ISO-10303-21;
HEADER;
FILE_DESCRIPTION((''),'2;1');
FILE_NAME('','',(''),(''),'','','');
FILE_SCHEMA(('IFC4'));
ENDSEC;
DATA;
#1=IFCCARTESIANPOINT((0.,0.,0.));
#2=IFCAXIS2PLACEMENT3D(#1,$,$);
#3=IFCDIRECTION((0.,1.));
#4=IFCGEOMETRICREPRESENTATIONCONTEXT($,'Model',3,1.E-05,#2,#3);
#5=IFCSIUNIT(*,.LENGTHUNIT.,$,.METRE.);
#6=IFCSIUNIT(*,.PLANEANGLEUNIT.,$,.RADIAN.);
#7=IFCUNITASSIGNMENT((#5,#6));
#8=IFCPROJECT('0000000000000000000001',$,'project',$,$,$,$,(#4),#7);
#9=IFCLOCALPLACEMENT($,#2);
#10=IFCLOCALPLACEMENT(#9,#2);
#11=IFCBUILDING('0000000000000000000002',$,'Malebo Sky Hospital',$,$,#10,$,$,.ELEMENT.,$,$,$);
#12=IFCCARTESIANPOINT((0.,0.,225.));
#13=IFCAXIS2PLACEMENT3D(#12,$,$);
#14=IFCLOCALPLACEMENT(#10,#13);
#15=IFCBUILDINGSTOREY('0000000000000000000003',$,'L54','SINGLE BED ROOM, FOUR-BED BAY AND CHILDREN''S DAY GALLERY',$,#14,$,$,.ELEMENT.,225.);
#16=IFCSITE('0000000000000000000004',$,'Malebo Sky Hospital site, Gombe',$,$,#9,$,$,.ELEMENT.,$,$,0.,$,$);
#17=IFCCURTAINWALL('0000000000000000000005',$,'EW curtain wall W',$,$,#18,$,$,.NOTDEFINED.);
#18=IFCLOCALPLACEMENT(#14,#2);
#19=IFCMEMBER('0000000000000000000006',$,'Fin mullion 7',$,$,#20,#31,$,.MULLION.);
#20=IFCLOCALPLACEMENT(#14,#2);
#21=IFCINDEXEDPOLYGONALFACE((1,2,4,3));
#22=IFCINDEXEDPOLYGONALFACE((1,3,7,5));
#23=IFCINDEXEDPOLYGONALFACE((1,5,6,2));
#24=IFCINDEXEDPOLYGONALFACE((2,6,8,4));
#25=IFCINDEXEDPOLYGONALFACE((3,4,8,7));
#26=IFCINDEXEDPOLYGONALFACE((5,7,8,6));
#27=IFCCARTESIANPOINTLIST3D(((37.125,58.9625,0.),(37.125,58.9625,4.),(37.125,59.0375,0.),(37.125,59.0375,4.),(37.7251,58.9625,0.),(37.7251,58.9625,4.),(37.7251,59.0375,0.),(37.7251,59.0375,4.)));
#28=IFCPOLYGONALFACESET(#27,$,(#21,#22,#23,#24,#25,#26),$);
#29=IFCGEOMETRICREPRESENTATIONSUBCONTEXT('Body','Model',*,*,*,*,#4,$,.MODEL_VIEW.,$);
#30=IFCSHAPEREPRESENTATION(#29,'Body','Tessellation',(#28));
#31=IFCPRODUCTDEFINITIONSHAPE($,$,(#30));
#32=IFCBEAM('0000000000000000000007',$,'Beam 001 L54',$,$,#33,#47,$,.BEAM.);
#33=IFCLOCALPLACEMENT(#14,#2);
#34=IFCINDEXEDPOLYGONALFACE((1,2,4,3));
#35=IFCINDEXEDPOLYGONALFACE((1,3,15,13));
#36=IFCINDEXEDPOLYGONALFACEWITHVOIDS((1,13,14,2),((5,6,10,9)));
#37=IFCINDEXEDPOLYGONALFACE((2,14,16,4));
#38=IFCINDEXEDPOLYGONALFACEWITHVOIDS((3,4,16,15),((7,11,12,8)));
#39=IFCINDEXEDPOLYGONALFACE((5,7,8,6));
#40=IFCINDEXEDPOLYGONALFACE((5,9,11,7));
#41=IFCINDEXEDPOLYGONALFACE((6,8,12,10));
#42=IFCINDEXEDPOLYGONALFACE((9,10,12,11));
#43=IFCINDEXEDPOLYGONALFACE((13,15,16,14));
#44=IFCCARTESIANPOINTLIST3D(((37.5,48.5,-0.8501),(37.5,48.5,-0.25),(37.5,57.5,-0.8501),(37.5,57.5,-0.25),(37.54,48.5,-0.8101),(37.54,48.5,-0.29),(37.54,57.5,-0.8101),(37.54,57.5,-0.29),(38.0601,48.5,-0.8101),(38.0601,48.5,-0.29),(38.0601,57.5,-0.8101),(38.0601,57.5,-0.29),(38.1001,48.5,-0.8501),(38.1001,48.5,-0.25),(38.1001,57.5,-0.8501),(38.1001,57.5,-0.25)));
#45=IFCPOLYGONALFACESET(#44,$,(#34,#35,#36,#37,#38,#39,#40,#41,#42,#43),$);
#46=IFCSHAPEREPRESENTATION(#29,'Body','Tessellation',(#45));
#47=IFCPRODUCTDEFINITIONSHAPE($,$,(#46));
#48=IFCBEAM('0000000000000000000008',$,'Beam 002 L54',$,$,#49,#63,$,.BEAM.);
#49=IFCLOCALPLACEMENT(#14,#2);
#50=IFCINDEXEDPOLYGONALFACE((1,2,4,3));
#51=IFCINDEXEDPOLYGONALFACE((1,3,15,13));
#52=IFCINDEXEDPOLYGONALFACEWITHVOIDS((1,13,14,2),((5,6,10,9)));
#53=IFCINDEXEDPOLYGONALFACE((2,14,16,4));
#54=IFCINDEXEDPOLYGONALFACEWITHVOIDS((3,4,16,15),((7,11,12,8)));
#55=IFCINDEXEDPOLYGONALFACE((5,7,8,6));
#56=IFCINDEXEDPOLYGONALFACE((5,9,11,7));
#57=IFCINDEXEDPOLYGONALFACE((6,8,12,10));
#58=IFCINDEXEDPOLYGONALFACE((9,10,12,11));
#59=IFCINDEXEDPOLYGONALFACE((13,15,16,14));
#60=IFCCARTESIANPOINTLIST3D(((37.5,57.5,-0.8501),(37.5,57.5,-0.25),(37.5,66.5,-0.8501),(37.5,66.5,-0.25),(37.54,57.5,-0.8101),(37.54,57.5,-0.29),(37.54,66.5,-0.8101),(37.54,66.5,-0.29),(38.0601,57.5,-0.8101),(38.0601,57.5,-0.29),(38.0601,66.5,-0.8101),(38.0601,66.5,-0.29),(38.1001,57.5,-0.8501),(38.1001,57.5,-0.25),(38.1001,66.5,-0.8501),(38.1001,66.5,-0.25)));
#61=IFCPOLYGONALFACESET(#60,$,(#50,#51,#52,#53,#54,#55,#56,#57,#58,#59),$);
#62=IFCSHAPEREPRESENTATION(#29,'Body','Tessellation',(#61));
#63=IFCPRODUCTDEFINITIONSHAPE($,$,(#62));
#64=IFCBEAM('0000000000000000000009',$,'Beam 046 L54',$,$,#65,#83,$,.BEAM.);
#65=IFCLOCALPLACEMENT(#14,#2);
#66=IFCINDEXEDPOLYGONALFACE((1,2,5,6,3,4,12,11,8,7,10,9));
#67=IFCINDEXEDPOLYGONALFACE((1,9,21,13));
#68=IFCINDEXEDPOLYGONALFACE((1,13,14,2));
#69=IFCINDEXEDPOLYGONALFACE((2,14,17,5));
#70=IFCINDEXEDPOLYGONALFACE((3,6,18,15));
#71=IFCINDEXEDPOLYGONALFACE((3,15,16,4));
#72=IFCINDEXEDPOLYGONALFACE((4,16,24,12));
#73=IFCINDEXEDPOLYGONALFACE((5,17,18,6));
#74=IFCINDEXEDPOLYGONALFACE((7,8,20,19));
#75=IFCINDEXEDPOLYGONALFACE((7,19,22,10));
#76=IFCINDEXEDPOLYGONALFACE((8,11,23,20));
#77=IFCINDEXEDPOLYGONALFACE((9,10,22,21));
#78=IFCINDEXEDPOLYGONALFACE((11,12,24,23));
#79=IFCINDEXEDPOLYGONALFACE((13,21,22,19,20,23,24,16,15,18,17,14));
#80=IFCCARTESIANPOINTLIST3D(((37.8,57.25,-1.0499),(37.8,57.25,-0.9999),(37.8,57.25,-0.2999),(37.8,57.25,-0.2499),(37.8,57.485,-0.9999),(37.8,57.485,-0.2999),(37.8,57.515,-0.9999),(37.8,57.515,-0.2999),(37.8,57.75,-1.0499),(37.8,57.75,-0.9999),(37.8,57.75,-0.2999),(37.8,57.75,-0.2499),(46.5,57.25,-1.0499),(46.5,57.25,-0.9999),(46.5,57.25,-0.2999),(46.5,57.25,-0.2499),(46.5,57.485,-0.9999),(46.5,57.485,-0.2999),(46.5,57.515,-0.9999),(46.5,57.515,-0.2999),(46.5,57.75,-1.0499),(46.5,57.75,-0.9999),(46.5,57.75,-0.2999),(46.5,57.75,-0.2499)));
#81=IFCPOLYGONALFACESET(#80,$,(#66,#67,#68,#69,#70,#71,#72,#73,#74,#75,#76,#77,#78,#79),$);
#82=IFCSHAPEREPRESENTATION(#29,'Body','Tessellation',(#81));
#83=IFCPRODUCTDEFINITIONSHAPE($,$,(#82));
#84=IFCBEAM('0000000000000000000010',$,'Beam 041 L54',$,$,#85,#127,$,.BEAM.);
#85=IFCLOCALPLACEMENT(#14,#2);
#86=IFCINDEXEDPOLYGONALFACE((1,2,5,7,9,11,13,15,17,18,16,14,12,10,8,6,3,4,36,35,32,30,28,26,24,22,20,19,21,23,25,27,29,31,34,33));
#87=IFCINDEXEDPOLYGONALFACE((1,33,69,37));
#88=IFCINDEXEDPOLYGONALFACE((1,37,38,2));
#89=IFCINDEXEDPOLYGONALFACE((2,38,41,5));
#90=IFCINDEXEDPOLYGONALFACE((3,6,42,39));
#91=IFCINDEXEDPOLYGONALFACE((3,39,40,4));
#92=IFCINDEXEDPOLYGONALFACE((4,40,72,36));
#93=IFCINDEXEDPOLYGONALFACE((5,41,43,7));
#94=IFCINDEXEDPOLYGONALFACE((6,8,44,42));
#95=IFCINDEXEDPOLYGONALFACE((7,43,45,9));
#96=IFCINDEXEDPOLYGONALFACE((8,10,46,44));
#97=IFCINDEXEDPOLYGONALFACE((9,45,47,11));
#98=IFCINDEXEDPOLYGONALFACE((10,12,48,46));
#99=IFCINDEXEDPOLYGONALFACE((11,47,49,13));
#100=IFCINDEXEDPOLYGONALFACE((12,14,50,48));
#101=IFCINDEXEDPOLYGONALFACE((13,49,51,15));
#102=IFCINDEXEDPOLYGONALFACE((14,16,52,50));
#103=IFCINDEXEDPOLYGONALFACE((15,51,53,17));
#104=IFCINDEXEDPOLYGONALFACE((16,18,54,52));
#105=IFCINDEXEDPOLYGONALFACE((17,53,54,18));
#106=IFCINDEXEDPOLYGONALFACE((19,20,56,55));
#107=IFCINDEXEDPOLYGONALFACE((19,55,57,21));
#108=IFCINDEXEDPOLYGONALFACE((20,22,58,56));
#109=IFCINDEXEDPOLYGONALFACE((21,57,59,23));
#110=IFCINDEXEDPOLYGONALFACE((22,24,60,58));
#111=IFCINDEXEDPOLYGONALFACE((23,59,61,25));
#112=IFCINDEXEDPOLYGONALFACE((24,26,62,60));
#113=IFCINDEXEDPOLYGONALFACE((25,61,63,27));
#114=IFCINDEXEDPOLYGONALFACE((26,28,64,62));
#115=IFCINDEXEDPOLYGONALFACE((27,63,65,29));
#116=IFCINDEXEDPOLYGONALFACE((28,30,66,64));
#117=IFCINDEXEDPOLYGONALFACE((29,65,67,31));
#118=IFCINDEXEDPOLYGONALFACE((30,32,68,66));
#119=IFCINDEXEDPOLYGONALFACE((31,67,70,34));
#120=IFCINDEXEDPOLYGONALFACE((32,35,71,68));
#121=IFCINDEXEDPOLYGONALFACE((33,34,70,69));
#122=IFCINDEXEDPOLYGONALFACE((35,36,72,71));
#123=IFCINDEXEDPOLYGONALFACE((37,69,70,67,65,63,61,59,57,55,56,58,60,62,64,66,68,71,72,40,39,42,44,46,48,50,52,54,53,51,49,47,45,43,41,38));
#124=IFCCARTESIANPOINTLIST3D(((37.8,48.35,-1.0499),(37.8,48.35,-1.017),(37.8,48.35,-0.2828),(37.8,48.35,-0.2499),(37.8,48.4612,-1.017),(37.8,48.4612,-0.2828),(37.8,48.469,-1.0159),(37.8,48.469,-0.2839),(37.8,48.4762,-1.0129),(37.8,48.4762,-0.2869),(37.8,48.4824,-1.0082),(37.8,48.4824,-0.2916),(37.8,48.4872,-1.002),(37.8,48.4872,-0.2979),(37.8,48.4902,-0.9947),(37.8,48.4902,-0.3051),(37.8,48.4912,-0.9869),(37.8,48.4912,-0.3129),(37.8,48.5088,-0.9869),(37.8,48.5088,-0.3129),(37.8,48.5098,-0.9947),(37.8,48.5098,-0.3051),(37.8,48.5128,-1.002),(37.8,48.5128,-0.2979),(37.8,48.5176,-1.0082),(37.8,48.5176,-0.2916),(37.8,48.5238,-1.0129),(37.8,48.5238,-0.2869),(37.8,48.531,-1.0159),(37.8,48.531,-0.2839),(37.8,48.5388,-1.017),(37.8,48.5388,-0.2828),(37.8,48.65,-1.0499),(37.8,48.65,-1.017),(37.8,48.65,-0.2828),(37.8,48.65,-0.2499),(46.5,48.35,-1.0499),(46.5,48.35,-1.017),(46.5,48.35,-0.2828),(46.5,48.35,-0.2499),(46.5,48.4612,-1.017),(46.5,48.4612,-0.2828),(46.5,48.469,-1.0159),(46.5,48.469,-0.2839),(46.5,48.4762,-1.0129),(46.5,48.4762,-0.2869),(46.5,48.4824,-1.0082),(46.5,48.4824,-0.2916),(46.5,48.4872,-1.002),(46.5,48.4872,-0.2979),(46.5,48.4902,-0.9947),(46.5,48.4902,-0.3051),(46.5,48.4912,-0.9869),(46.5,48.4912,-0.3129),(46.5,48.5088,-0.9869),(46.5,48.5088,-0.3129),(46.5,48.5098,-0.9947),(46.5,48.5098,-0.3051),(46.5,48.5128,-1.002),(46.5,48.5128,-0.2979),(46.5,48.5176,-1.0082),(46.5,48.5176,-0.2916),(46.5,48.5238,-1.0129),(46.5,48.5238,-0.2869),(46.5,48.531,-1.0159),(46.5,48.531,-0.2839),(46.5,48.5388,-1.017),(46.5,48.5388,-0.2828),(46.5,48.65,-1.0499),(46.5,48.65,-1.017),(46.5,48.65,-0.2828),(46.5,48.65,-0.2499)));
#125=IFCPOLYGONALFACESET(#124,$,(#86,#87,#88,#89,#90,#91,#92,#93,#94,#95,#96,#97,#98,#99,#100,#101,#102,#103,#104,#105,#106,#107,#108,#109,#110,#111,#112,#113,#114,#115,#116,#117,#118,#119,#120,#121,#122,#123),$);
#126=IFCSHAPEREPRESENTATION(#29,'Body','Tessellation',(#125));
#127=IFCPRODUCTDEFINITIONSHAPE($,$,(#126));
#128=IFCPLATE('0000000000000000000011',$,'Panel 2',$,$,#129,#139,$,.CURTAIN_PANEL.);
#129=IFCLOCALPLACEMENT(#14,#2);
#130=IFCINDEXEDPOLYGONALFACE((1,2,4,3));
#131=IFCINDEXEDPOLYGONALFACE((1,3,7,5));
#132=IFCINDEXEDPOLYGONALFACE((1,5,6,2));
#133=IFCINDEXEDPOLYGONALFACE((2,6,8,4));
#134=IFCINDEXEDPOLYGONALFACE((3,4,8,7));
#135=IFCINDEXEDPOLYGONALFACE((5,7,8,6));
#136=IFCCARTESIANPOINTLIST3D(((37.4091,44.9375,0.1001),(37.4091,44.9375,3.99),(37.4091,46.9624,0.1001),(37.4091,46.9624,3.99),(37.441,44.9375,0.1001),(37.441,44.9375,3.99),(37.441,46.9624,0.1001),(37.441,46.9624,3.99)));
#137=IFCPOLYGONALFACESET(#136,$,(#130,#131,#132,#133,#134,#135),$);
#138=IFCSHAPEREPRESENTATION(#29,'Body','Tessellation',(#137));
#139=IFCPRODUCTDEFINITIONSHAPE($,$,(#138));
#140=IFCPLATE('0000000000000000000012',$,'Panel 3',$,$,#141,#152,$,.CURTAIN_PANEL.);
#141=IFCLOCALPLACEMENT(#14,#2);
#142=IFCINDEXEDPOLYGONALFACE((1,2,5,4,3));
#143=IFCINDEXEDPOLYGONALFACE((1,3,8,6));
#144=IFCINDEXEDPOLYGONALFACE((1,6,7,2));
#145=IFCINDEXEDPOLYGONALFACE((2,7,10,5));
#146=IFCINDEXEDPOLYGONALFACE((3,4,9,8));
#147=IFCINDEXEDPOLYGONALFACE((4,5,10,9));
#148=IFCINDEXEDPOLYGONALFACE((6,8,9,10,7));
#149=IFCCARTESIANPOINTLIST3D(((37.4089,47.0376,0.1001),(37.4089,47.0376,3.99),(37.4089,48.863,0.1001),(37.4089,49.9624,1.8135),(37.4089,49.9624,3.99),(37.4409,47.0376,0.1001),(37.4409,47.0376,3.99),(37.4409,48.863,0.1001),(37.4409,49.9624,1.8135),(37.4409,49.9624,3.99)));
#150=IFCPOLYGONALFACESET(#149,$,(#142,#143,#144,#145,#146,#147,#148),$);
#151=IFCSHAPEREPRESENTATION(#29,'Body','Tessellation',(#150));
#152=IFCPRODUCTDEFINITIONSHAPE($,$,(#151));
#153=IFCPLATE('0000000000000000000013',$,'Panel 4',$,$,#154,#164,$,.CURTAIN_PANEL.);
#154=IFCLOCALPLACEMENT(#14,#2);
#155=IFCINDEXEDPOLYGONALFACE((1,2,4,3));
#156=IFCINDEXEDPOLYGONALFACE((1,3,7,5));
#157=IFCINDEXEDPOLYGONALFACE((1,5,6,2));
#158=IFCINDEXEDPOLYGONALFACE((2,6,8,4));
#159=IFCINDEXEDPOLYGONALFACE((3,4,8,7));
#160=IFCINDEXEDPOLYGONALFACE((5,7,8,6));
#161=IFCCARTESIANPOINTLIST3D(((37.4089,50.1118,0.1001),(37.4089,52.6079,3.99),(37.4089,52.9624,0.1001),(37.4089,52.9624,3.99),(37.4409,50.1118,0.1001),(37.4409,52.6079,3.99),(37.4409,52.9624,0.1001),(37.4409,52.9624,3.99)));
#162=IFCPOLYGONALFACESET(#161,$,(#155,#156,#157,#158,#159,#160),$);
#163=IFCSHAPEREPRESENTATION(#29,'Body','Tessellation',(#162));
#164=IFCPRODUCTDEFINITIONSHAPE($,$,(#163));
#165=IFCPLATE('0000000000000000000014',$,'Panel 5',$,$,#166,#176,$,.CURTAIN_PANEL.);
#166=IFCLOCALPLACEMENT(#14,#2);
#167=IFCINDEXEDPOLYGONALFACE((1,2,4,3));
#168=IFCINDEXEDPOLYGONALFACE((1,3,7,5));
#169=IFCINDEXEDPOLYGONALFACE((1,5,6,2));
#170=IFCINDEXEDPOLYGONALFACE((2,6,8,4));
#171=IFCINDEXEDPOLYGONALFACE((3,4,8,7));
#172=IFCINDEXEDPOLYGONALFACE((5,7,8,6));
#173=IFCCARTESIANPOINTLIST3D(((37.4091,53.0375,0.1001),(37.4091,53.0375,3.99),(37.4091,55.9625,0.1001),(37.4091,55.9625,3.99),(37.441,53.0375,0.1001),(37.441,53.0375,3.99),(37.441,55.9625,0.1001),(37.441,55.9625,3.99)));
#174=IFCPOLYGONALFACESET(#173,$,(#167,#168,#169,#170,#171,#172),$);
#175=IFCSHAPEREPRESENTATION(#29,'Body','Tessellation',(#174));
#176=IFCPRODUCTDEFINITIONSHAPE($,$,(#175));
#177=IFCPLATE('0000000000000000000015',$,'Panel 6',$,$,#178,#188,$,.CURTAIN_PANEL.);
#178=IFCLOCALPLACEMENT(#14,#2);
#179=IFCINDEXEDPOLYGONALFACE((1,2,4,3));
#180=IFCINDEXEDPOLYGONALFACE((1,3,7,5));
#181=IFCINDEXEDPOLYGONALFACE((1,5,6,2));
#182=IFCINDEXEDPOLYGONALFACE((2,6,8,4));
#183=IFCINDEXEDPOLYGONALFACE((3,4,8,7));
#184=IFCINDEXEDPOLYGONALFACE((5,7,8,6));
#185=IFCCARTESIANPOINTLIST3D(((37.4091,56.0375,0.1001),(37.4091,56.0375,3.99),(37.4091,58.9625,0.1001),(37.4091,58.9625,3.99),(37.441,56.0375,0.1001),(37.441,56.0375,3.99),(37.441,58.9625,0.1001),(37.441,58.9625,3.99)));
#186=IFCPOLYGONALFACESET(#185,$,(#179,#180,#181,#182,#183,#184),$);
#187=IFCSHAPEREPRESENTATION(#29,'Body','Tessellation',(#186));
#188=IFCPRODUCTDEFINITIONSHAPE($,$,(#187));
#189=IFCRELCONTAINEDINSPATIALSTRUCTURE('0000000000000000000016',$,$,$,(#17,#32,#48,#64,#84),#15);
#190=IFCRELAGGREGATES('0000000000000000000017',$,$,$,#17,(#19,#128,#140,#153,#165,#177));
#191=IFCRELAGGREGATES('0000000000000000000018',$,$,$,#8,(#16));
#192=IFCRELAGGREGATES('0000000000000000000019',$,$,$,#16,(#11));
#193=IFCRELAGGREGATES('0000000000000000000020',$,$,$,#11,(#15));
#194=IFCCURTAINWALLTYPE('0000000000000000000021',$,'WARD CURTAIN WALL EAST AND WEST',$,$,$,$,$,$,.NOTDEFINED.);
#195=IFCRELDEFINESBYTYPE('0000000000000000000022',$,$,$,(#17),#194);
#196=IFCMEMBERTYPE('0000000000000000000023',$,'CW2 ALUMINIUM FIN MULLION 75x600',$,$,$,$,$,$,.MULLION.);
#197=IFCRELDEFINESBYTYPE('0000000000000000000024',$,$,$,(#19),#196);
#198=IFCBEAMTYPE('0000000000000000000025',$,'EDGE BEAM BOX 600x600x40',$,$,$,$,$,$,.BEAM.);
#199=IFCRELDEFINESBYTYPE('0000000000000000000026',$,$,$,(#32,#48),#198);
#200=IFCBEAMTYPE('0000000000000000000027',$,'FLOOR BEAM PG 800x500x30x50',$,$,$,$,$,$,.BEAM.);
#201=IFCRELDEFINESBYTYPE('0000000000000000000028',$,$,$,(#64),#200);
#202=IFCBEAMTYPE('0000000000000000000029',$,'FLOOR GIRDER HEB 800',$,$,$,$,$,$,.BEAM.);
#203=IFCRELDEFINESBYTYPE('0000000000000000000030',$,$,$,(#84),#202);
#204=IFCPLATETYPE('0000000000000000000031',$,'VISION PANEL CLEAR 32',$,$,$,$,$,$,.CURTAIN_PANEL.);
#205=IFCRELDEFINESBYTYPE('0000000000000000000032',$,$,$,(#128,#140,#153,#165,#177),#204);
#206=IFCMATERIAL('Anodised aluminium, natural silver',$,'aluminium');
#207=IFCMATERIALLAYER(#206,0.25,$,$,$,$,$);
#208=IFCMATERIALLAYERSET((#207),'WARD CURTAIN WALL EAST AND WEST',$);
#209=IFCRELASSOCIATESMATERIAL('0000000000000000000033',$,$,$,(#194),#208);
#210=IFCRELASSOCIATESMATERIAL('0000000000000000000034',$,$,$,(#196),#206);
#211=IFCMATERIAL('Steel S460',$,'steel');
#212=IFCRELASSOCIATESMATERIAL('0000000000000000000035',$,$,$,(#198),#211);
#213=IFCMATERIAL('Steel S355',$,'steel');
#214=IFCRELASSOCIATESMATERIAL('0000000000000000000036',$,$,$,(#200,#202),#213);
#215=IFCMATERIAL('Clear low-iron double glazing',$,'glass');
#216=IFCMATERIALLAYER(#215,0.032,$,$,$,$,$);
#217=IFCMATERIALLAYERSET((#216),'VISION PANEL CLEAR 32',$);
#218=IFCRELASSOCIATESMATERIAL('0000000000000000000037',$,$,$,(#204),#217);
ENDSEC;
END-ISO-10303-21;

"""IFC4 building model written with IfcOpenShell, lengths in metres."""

from ifc_helpers import new_model, si_unit, direction, frame, origin, origin_2d, place, context, subcontext, project, spatial, polyline, rectangle, hollow_rectangle, i_section, outline, extrude, material, layer, layer_set, material_profile, profile_set, type_object, element, aggregate, save


model = new_model("IFC4")

# Units and contexts
model_context = context("Model", 3, precision=1e-05, world=origin(), true_north=direction((0.0, 1.0)))
body_context = subcontext(model_context, "Body", "Model", "MODEL_VIEW")
ifc_project = project(units=[si_unit("LENGTHUNIT", "METRE"), si_unit("PLANEANGLEUNIT", "RADIAN")], contexts=[model_context])

# Site, building, storey
site_placement = place(None, origin())
site = spatial("IfcSite", under=ifc_project, at=site_placement, Name="Malebo Sky Hospital site, Gombe", CompositionType="ELEMENT", RefElevation=0.0)
building_placement = place(site_placement, origin())
building = spatial("IfcBuilding", under=site, at=building_placement, Name="Malebo Sky Hospital", CompositionType="ELEMENT")
storey_placement = place(building_placement, frame((0.0, 0.0, 225.0)))
storey = spatial("IfcBuildingStorey", under=building, at=storey_placement, Name="L54", Description="SINGLE BED ROOM, FOUR-BED BAY AND CHILDREN'S DAY GALLERY", CompositionType="ELEMENT", Elevation=225.0)

# Shared definitions
ifc_material_1 = material(Name="Steel S460", Category="steel")

# Curtain wall
ifc_material_2 = material(Name="Anodised aluminium, natural silver", Category="aluminium")
ifc_layer_1 = layer(ifc_material_2, 0.25)
ifc_layer_set_1 = layer_set([ifc_layer_1], Name="WARD CURTAIN WALL EAST AND WEST")
curtain_wall_type = type_object("IfcCurtainWallType", Name="WARD CURTAIN WALL EAST AND WEST", PredefinedType="NOTDEFINED", material=ifc_layer_set_1)
curtain_wall_placement = place(storey_placement, origin())
curtain_wall = element("IfcCurtainWall", 1, at=curtain_wall_placement, inside=storey, type_object=curtain_wall_type, Name="EW curtain wall W", PredefinedType="NOTDEFINED")

# Member
ifc_material_3 = material(Name="Steel S355", Category="steel")
ifc_material_profile_1 = material_profile(ifc_material_2, rectangle(XDim=0.075, YDim=0.6001, at=origin_2d()), Name="CW2 ALUMINIUM FIN MULLION 75x600")
ifc_profile_set_1 = profile_set([ifc_material_profile_1], Name="Anodised aluminium, natural silver")
member_type_1 = type_object("IfcMemberType", Name="CW2 ALUMINIUM FIN MULLION 75x600", PredefinedType="MULLION", material=ifc_profile_set_1)
member_1_placement = place(storey_placement, frame((37.425, 59.0, 0.0), z_axis=(0.0, 0.0, 1.0), x_axis=(0.0, 1.0, 0.0)))
member_1 = element("IfcMember", 2, at=member_1_placement, type_object=member_type_1, Name="Fin mullion 7", PredefinedType="MULLION", context=body_context, shape_type="SweptSolid", body=[
    extrude(rectangle(XDim=0.075, YDim=0.6001, at=origin_2d()), origin(), (0.0, 0.0, 1.0), 4.0),
])

# Beams
ifc_material_profile_2 = material_profile(ifc_material_1, hollow_rectangle(XDim=0.6001, YDim=0.6001, WallThickness=0.04, at=origin_2d()), Name="BOX 600x600x40")
ifc_profile_set_2 = profile_set([ifc_material_profile_2], Name="Steel S460")
beam_type_1 = type_object("IfcBeamType", Name="EDGE BEAM BOX 600x600x40", PredefinedType="BEAM", material=ifc_profile_set_2)
for number, where, z_axis, x_axis, name in (
    (3, (37.8, 48.5, -0.55), (0.0, 1.0, 0.0), (-1.0, 0.0, 0.0), "Beam 001 L54"),
    (4, (37.8, 57.5, -0.55), (0.0, 1.0, 0.0), (-1.0, 0.0, 0.0), "Beam 002 L54"),
):
    element("IfcBeam", number, at=place(storey_placement, frame(where, z_axis=z_axis, x_axis=x_axis)), inside=storey, type_object=beam_type_1, Name=name, PredefinedType="BEAM", context=body_context, shape_type="SweptSolid", body=[
        extrude(hollow_rectangle(XDim=0.6001, YDim=0.6001, WallThickness=0.04, at=origin_2d()), origin(), (0.0, 0.0, 1.0), 9.0),
    ])
ifc_material_profile_3 = material_profile(ifc_material_3, i_section(OverallWidth=0.5, OverallDepth=0.8, WebThickness=0.03, FlangeThickness=0.05, at=origin_2d()), Name="PG 800x500x30x50")
ifc_profile_set_3 = profile_set([ifc_material_profile_3], Name="Steel S355")
beam_type_2 = type_object("IfcBeamType", Name="FLOOR BEAM PG 800x500x30x50", PredefinedType="BEAM", material=ifc_profile_set_3)
beam_1_placement = place(storey_placement, frame((37.8, 57.5, -0.6499), z_axis=(1.0, 0.0, 0.0), x_axis=(0.0, 1.0, 0.0)))
element("IfcBeam", 5, at=beam_1_placement, inside=storey, type_object=beam_type_2, Name="Beam 046 L54", PredefinedType="BEAM", context=body_context, shape_type="SweptSolid", body=[
    extrude(i_section(OverallWidth=0.5, OverallDepth=0.8, WebThickness=0.03, FlangeThickness=0.05, at=origin_2d()), origin(), (0.0, 0.0, 1.0), 8.7),
])
ifc_material_profile_4 = material_profile(ifc_material_3, i_section(OverallWidth=0.3, OverallDepth=0.8, WebThickness=0.0176, FlangeThickness=0.033, FilletRadius=0.03, at=origin_2d()), Name="HEB 800")
ifc_profile_set_4 = profile_set([ifc_material_profile_4], Name="Steel S355")
beam_type_3 = type_object("IfcBeamType", Name="FLOOR GIRDER HEB 800", PredefinedType="BEAM", material=ifc_profile_set_4)
beam_2_placement = place(storey_placement, frame((37.8, 48.5, -0.6499), z_axis=(1.0, 0.0, 0.0), x_axis=(0.0, 1.0, 0.0)))
element("IfcBeam", 6, at=beam_2_placement, inside=storey, type_object=beam_type_3, Name="Beam 041 L54", PredefinedType="BEAM", context=body_context, shape_type="SweptSolid", body=[
    extrude(i_section(OverallWidth=0.3, OverallDepth=0.8, WebThickness=0.0176, FlangeThickness=0.033, FilletRadius=0.03, at=origin_2d()), origin(), (0.0, 0.0, 1.0), 8.7),
])

# Plates
ifc_material_4 = material(Name="Clear low-iron double glazing", Category="glass")
ifc_layer_2 = layer(ifc_material_4, 0.032)
ifc_layer_set_2 = layer_set([ifc_layer_2], Name="VISION PANEL CLEAR 32")
plate_type = type_object("IfcPlateType", Name="VISION PANEL CLEAR 32", PredefinedType="CURTAIN_PANEL", material=ifc_layer_set_2)
plate_1_placement = place(storey_placement, frame((37.425, 45.95, 0.1001), z_axis=(0.0, 0.0, 1.0), x_axis=(0.0, 1.0, 0.0)))
plate_1 = element("IfcPlate", 7, at=plate_1_placement, type_object=plate_type, Name="Panel 2", PredefinedType="CURTAIN_PANEL", context=body_context, shape_type="SweptSolid", body=[
    extrude(rectangle(XDim=2.0249, YDim=0.032, at=origin_2d()), origin(), (0.0, 0.0, 1.0), 3.8899),
])
plate_2_placement = place(storey_placement, frame((37.425, 48.5, 0.1001), z_axis=(0.0, 0.0, 1.0), x_axis=(0.0, 1.0, 0.0)))
plate_2 = element("IfcPlate", 8, at=plate_2_placement, type_object=plate_type, Name="Panel 3", PredefinedType="CURTAIN_PANEL", context=body_context, shape_type="SweptSolid", body=[
    extrude(outline(polyline([(-1.4624, 0.0), (0.363, 0.0), (1.4624, 1.7134), (1.4624, 3.8899), (-1.4624, 3.8899), (-1.4624, 0.0)])), frame((0.0, 0.0161, 0.0), z_axis=(0.0, -1.0, 0.0), x_axis=(1.0, 0.0, 0.0)), (0.0, 0.0, 1.0), 0.032),
])
plate_3_placement = place(storey_placement, frame((37.425, 51.5371, 0.1001), z_axis=(0.0, 0.0, 1.0), x_axis=(0.0, 1.0, 0.0)))
plate_3 = element("IfcPlate", 9, at=plate_3_placement, type_object=plate_type, Name="Panel 4", PredefinedType="CURTAIN_PANEL", context=body_context, shape_type="SweptSolid", body=[
    extrude(outline(polyline([(-1.4253, 0.0), (1.4253, 0.0), (1.4253, 3.8899), (1.0708, 3.8899), (-1.4253, 0.0)])), frame((0.0, 0.0161, 0.0), z_axis=(0.0, -1.0, 0.0), x_axis=(1.0, 0.0, 0.0)), (0.0, 0.0, 1.0), 0.032),
])
plate_4_placement = place(storey_placement, frame((37.425, 54.5, 0.1001), z_axis=(0.0, 0.0, 1.0), x_axis=(0.0, 1.0, 0.0)))
plate_4 = element("IfcPlate", 10, at=plate_4_placement, type_object=plate_type, Name="Panel 5", PredefinedType="CURTAIN_PANEL", context=body_context, shape_type="SweptSolid", body=[
    extrude(rectangle(XDim=2.925, YDim=0.032, at=origin_2d()), origin(), (0.0, 0.0, 1.0), 3.8899),
])
plate_5_placement = place(storey_placement, frame((37.425, 57.5, 0.1001), z_axis=(0.0, 0.0, 1.0), x_axis=(0.0, 1.0, 0.0)))
plate_5 = element("IfcPlate", 11, at=plate_5_placement, type_object=plate_type, Name="Panel 6", PredefinedType="CURTAIN_PANEL", context=body_context, shape_type="SweptSolid", body=[
    extrude(rectangle(XDim=2.925, YDim=0.032, at=origin_2d()), origin(), (0.0, 0.0, 1.0), 3.8899),
])
aggregate(curtain_wall, [member_1, plate_1, plate_2, plate_3, plate_4, plate_5])

save(model, "model.ifc")
